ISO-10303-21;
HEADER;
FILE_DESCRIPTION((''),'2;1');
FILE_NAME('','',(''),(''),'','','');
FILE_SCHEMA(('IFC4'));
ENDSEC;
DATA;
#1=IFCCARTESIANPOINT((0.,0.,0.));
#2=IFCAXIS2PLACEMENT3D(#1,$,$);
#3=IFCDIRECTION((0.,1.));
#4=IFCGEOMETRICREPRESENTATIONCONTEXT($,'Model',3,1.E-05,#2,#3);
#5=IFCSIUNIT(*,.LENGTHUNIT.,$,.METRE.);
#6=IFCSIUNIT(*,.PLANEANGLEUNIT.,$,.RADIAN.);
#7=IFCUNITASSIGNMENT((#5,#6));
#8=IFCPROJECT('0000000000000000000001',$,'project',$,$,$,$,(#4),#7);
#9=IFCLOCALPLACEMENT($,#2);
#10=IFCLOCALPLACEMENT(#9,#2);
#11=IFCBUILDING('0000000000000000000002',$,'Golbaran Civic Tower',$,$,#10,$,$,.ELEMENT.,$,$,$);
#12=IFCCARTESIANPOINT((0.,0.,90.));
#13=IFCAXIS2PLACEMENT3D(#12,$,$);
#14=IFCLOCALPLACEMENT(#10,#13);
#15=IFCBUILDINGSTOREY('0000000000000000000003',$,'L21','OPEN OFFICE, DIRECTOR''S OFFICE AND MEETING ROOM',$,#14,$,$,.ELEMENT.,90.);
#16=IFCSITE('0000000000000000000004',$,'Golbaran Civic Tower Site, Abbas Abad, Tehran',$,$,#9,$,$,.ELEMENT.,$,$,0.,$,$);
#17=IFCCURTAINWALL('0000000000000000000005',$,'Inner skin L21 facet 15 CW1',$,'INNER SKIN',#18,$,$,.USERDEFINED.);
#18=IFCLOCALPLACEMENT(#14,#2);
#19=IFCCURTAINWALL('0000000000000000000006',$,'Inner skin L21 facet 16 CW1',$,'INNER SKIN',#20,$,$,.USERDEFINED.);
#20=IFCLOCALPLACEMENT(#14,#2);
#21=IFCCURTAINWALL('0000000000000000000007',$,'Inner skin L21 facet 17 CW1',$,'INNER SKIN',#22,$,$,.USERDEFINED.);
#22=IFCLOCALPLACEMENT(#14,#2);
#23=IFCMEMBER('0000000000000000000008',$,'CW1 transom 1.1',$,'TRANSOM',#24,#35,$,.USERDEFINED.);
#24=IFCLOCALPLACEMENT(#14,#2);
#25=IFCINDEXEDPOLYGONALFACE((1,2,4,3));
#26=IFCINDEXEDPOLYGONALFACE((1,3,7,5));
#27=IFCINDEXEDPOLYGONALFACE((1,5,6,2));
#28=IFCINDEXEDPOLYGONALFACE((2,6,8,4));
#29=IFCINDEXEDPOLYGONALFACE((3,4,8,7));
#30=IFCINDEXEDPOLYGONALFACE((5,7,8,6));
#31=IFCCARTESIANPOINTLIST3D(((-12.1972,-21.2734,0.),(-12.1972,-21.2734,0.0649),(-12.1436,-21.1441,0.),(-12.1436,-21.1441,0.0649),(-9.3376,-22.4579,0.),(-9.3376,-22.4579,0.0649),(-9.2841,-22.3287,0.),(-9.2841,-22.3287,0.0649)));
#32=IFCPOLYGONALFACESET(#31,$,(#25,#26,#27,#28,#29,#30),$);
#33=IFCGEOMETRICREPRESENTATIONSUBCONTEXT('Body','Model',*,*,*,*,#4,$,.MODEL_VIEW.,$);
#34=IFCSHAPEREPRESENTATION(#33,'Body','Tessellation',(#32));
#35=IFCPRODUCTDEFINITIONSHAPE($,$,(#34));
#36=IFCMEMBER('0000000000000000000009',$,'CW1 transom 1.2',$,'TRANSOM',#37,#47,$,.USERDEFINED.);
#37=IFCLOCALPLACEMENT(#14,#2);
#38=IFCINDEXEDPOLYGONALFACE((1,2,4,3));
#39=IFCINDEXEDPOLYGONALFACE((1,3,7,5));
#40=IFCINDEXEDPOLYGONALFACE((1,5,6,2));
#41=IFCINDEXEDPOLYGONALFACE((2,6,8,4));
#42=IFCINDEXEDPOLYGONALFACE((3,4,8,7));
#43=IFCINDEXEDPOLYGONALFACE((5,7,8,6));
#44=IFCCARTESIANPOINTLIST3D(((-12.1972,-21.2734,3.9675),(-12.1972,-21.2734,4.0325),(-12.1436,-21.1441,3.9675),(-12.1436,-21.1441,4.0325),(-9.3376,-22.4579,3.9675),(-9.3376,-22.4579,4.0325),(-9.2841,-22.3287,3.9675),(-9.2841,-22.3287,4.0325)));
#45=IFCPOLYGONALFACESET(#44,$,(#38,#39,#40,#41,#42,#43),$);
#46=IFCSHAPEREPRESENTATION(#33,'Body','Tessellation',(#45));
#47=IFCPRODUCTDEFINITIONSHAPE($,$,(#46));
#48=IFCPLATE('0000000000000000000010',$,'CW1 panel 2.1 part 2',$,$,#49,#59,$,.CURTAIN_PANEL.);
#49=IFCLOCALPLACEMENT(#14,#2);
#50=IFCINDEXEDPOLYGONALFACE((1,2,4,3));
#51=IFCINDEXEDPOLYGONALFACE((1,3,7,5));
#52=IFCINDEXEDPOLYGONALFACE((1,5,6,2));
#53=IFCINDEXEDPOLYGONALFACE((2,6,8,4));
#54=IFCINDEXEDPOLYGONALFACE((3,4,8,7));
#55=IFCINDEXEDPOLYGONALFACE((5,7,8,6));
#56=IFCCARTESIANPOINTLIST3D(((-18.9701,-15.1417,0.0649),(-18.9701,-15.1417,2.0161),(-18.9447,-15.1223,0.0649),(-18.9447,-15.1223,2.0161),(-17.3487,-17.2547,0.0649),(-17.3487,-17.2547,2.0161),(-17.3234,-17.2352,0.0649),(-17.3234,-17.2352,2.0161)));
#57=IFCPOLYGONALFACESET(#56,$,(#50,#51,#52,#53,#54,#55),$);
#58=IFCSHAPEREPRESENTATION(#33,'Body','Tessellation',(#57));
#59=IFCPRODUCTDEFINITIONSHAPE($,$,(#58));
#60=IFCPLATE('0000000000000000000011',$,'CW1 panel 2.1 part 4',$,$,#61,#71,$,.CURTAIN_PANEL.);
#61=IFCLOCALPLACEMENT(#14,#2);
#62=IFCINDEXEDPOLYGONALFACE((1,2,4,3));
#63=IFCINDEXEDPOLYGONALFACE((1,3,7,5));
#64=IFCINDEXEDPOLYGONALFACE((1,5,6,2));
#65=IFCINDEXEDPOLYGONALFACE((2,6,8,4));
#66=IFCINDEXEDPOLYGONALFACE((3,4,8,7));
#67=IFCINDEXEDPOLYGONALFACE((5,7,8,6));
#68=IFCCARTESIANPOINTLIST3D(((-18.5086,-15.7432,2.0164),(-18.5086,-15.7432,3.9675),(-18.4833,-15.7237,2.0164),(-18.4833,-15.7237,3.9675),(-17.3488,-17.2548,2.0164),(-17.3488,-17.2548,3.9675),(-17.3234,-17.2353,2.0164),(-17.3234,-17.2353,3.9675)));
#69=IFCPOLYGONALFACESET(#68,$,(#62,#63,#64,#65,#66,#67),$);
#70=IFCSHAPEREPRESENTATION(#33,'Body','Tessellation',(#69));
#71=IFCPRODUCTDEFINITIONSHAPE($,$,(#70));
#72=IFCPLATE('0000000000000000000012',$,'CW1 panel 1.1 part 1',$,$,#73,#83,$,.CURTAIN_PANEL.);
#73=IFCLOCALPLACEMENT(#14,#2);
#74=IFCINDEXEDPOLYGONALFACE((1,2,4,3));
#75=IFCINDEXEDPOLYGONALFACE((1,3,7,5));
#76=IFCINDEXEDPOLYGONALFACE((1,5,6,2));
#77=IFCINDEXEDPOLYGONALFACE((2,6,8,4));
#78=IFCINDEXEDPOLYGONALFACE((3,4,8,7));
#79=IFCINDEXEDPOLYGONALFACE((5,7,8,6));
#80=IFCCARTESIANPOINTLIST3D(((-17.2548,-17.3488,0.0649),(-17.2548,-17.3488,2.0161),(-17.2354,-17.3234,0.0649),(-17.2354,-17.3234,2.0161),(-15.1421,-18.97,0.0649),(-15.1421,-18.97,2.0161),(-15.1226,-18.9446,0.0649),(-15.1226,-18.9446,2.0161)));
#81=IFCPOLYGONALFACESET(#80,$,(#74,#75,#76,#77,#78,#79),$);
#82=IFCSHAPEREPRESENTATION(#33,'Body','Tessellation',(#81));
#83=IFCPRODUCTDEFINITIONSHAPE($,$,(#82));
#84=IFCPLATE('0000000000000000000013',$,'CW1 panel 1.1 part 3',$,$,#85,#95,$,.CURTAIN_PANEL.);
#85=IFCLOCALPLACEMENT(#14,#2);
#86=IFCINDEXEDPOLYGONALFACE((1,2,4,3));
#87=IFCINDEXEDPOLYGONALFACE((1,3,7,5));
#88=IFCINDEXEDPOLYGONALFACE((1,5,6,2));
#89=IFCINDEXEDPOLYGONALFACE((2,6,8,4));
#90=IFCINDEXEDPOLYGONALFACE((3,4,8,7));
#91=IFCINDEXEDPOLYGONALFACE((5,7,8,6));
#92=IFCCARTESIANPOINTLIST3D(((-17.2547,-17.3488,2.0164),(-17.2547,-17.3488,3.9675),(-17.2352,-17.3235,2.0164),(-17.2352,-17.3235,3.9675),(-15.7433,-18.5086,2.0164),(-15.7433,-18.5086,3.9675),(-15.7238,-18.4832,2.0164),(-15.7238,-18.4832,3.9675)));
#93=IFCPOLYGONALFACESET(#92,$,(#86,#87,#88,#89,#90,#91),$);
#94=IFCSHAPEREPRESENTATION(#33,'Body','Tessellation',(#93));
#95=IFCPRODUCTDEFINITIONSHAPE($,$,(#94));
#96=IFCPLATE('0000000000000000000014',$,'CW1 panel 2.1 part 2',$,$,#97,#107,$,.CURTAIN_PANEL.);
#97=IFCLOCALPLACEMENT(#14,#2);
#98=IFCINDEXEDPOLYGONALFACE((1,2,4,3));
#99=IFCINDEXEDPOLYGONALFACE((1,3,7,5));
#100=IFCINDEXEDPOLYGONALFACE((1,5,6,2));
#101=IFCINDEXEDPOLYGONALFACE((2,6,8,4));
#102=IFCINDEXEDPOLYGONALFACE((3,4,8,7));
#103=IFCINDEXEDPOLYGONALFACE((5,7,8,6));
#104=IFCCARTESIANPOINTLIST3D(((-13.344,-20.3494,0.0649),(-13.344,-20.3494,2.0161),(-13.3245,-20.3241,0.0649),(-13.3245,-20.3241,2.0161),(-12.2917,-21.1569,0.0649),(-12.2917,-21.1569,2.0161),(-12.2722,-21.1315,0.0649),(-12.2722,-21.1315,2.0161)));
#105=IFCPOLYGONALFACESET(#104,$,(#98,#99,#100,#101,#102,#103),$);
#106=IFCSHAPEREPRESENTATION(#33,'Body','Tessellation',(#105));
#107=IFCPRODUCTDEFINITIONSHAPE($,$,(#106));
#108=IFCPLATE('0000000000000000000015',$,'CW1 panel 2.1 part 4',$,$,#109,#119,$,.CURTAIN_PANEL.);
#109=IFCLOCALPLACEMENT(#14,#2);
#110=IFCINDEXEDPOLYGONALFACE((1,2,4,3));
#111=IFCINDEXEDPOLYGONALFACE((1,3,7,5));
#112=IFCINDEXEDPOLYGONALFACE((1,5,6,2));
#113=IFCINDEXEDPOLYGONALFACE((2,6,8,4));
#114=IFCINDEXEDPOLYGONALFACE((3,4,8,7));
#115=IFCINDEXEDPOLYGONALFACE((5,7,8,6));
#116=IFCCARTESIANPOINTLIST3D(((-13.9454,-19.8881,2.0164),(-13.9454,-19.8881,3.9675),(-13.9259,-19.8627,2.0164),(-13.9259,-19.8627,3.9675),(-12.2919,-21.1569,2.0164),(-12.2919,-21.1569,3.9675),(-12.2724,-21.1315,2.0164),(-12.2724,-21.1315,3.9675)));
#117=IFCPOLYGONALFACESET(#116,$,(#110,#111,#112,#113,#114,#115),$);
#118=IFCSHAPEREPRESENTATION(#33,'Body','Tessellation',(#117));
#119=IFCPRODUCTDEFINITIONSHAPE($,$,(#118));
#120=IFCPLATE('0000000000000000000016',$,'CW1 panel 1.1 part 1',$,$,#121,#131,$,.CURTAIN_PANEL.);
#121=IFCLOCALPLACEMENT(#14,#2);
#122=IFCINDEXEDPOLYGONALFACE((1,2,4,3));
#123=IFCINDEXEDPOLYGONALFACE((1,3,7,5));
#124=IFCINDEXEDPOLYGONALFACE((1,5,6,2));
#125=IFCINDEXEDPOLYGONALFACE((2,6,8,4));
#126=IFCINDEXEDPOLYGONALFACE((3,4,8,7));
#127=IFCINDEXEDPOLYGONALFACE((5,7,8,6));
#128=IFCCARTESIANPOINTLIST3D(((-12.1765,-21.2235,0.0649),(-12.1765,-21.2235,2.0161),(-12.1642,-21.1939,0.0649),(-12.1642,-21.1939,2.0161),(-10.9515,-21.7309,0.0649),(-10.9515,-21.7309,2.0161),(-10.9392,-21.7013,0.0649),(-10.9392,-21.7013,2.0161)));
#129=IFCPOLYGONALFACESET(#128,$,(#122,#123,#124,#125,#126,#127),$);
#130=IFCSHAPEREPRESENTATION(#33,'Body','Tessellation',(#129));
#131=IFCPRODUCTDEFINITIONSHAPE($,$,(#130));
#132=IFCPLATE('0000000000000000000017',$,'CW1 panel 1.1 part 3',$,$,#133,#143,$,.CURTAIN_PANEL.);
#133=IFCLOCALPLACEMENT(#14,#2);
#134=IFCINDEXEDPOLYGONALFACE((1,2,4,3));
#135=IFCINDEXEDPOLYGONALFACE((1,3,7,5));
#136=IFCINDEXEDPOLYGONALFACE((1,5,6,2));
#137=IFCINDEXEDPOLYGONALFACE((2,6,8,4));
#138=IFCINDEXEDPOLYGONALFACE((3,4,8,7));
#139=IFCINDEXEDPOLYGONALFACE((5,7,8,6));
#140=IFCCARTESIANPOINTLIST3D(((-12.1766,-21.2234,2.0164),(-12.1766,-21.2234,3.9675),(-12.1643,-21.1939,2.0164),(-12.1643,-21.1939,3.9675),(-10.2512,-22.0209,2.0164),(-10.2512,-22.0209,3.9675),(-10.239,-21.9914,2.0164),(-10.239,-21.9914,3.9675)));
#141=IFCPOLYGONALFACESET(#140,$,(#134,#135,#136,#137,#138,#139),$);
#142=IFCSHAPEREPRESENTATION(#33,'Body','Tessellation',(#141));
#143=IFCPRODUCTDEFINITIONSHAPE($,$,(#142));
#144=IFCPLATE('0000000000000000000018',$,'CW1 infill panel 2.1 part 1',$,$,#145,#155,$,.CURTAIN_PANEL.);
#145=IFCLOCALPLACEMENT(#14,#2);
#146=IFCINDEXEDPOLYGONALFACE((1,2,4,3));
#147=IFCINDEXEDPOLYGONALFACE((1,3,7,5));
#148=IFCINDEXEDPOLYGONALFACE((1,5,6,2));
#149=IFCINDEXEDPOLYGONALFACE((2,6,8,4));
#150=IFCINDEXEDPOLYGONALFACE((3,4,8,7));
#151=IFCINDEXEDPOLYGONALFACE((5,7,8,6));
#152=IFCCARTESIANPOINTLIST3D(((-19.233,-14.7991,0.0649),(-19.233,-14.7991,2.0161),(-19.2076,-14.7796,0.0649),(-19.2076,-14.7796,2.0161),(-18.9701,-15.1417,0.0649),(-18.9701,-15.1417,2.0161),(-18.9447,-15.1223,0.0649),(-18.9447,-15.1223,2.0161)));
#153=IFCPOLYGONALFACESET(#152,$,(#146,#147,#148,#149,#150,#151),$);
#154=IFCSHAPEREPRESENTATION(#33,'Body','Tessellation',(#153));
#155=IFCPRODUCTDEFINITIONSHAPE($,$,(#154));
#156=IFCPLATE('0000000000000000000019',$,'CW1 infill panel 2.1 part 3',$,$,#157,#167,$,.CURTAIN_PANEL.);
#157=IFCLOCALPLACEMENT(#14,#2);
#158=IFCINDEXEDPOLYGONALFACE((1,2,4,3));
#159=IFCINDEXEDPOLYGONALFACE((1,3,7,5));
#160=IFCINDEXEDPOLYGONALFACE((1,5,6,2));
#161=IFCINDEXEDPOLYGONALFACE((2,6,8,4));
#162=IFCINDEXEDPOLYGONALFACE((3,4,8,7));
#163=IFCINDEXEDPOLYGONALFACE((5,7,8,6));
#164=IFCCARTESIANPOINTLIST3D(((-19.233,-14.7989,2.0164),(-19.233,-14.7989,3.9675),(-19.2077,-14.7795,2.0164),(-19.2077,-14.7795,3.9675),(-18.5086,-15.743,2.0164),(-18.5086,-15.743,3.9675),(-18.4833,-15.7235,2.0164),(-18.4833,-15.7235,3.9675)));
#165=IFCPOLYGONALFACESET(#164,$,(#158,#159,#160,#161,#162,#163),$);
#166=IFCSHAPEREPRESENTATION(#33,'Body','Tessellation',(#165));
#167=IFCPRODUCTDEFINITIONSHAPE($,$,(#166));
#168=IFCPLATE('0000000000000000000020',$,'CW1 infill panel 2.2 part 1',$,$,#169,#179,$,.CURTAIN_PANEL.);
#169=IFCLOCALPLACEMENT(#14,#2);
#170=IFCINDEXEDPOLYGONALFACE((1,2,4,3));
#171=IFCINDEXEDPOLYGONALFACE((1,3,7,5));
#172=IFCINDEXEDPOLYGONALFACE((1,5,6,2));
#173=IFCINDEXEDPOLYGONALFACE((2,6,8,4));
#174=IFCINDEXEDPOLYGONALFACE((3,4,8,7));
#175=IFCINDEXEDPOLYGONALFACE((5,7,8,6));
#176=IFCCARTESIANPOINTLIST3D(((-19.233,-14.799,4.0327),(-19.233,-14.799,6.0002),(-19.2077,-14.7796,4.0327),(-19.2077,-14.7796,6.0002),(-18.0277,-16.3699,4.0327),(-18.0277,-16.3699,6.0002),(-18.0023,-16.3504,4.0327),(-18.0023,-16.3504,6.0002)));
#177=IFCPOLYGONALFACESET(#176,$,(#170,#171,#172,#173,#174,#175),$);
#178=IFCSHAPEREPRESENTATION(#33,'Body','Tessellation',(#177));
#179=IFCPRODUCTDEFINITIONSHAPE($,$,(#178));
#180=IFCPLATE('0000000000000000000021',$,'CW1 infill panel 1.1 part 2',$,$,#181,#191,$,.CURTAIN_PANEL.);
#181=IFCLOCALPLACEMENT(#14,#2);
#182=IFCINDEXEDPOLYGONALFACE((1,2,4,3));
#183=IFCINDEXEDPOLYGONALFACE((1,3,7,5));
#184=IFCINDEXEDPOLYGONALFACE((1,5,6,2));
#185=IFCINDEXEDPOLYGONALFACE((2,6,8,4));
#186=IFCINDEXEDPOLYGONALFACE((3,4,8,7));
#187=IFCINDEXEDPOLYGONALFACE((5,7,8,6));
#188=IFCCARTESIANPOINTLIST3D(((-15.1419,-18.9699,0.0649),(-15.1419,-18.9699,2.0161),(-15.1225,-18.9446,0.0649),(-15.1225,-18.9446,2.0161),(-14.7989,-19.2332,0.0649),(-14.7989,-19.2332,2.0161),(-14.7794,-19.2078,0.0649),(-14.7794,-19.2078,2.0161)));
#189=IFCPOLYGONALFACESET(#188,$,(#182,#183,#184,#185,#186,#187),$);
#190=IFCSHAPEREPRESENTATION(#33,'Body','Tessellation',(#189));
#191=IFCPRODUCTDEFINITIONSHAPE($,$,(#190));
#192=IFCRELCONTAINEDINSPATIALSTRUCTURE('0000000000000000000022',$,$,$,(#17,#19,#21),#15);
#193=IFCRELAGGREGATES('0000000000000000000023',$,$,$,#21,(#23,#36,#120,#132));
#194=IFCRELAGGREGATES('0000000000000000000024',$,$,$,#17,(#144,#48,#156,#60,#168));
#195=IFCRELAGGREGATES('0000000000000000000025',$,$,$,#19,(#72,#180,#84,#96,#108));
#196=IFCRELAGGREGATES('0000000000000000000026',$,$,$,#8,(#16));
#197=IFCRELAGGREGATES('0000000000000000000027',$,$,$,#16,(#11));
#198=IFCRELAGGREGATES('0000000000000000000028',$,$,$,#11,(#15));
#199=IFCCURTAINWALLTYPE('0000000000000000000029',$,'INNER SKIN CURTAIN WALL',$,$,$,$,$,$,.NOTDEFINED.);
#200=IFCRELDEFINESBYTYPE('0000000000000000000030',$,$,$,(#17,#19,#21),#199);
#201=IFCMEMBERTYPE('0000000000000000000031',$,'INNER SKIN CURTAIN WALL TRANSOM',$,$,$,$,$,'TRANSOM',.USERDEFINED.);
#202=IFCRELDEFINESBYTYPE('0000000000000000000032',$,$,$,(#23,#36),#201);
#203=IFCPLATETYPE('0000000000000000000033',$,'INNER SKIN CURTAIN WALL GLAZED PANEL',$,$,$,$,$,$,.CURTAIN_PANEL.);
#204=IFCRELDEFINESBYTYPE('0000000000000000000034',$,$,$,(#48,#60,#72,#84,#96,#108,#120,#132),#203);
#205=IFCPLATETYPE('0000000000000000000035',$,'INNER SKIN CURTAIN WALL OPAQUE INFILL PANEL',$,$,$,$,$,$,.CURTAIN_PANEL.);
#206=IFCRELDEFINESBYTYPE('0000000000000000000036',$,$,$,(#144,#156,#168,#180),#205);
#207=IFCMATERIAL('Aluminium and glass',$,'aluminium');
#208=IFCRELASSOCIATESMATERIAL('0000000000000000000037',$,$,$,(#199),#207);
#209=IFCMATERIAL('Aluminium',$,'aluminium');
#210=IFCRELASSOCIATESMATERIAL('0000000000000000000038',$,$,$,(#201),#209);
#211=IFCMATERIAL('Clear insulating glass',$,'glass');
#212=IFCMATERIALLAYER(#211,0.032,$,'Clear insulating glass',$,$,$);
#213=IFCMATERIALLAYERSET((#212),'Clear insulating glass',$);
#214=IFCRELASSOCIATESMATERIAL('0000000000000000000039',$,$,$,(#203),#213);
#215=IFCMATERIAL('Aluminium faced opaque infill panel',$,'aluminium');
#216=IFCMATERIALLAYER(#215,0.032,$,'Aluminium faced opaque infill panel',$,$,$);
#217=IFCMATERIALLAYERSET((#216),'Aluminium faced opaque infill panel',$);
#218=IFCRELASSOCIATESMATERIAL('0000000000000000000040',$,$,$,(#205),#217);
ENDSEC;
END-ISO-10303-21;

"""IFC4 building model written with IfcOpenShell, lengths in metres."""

from ifc_helpers import new_model, si_unit, direction, frame, origin, origin_2d, place, context, subcontext, project, spatial, rectangle, extrude, material, layer, layer_set, material_profile, profile_set, type_object, element, aggregate, save


model = new_model("IFC4")

# Units and contexts
model_context = context("Model", 3, precision=1e-05, world=origin(), true_north=direction((0.0, 1.0)))
body_context = subcontext(model_context, "Body", "Model", "MODEL_VIEW")
ifc_project = project(units=[si_unit("LENGTHUNIT", "METRE"), si_unit("PLANEANGLEUNIT", "RADIAN")], contexts=[model_context])

# Site, building, storey
site_placement = place(None, origin())
site = spatial("IfcSite", under=ifc_project, at=site_placement, Name="Golbaran Civic Tower Site, Abbas Abad, Tehran", CompositionType="ELEMENT", RefElevation=0.0)
building_placement = place(site_placement, origin())
building = spatial("IfcBuilding", under=site, at=building_placement, Name="Golbaran Civic Tower", CompositionType="ELEMENT")
storey_placement = place(building_placement, frame((0.0, 0.0, 90.0)))
storey = spatial("IfcBuildingStorey", under=building, at=storey_placement, Name="L21", Description="OPEN OFFICE, DIRECTOR'S OFFICE AND MEETING ROOM", CompositionType="ELEMENT", Elevation=90.0)

# Curtain wall
ifc_material_1 = material(Name="Aluminium and glass", Category="aluminium")
curtain_wall_type = type_object("IfcCurtainWallType", Name="INNER SKIN CURTAIN WALL", PredefinedType="NOTDEFINED", material=ifc_material_1)
curtain_wall_1_placement = place(storey_placement, origin())
curtain_wall_1 = element("IfcCurtainWall", 1, at=curtain_wall_1_placement, inside=storey, type_object=curtain_wall_type, Name="Inner skin L21 facet 15 CW1", ObjectType="INNER SKIN", PredefinedType="USERDEFINED")
ifc_material_2 = material(Name="Aluminium", Category="aluminium")

# Curtain wall
curtain_wall_2_placement = place(storey_placement, origin())
curtain_wall_2 = element("IfcCurtainWall", 2, at=curtain_wall_2_placement, inside=storey, type_object=curtain_wall_type, Name="Inner skin L21 facet 16 CW1", ObjectType="INNER SKIN", PredefinedType="USERDEFINED")

# Curtain wall
curtain_wall_3_placement = place(storey_placement, origin())
curtain_wall_3 = element("IfcCurtainWall", 3, at=curtain_wall_3_placement, inside=storey, type_object=curtain_wall_type, Name="Inner skin L21 facet 17 CW1", ObjectType="INNER SKIN", PredefinedType="USERDEFINED")

# Members
ifc_material_profile_1 = material_profile(ifc_material_2, rectangle(XDim=0.1399, YDim=0.0649, at=origin_2d()), Name="INNER SKIN CURTAIN WALL TRANSOM")
ifc_profile_set_1 = profile_set([ifc_material_profile_1], Name="Aluminium")
member_type_1 = type_object("IfcMemberType", Name="INNER SKIN CURTAIN WALL TRANSOM", ElementType="TRANSOM", PredefinedType="USERDEFINED", material=ifc_profile_set_1)
member_1_placement = place(storey_placement, frame((-12.1704, -21.2087, 0.0325), z_axis=(0.923871, -0.382705, 0.0), x_axis=(0.382705, 0.923871, 0.0)))
member_1 = element("IfcMember", 4, at=member_1_placement, type_object=member_type_1, Name="CW1 transom 1.1", ObjectType="TRANSOM", PredefinedType="USERDEFINED", context=body_context, shape_type="SweptSolid", body=[
    extrude(rectangle(XDim=0.1399, YDim=0.0649, at=origin_2d()), origin(), (0.0, 0.0, 1.0), 3.0952),
])
member_2_placement = place(storey_placement, frame((-12.1704, -21.2087, 4.0), z_axis=(0.923871, -0.382705, 0.0), x_axis=(0.382705, 0.923871, 0.0)))
member_2 = element("IfcMember", 5, at=member_2_placement, type_object=member_type_1, Name="CW1 transom 1.2", ObjectType="TRANSOM", PredefinedType="USERDEFINED", context=body_context, shape_type="SweptSolid", body=[
    extrude(rectangle(XDim=0.1399, YDim=0.0649, at=origin_2d()), origin(), (0.0, 0.0, 1.0), 3.0952),
])

# Plates
ifc_material_3 = material(Name="Clear insulating glass", Category="glass")
ifc_layer_1 = layer(ifc_material_3, 0.032, Name="Clear insulating glass")
ifc_layer_set_1 = layer_set([ifc_layer_1], Name="Clear insulating glass")
plate_type_1 = type_object("IfcPlateType", Name="INNER SKIN CURTAIN WALL GLAZED PANEL", PredefinedType="CURTAIN_PANEL", material=ifc_layer_set_1)
plate_1_placement = place(storey_placement, frame((-18.1467, -16.1885, 0.0649), z_axis=(0.0, 0.0, 1.0), x_axis=(0.608761, -0.793353, 0.0)))
plate_1 = element("IfcPlate", 6, at=plate_1_placement, type_object=plate_type_1, Name="CW1 panel 2.1 part 2", PredefinedType="CURTAIN_PANEL", context=body_context, shape_type="SweptSolid", body=[
    extrude(rectangle(XDim=2.6633, YDim=0.032, at=origin_2d()), origin(), (0.0, 0.0, 1.0), 1.9512),
])
plate_2_placement = place(storey_placement, frame((-17.916, -16.4893, 2.0164), z_axis=(0.0, 0.0, 1.0), x_axis=(0.608761, -0.793353, 0.0)))
plate_2 = element("IfcPlate", 7, at=plate_2_placement, type_object=plate_type_1, Name="CW1 panel 2.1 part 4", PredefinedType="CURTAIN_PANEL", context=body_context, shape_type="SweptSolid", body=[
    extrude(rectangle(XDim=1.9053, YDim=0.032, at=origin_2d()), origin(), (0.0, 0.0, 1.0), 1.9512),
])
plate_3_placement = place(storey_placement, frame((-16.1887, -18.1467, 0.0649), z_axis=(0.0, 0.0, 1.0), x_axis=(0.793353, -0.608761, 0.0)))
plate_3 = element("IfcPlate", 8, at=plate_3_placement, type_object=plate_type_1, Name="CW1 panel 1.1 part 1", PredefinedType="CURTAIN_PANEL", context=body_context, shape_type="SweptSolid", body=[
    extrude(rectangle(XDim=2.6631, YDim=0.032, at=origin_2d()), origin(), (0.0, 0.0, 1.0), 1.9512),
])
plate_4_placement = place(storey_placement, frame((-16.4893, -17.916, 2.0164), z_axis=(0.0, 0.0, 1.0), x_axis=(0.793353, -0.608761, 0.0)))
plate_4 = element("IfcPlate", 9, at=plate_4_placement, type_object=plate_type_1, Name="CW1 panel 1.1 part 3", PredefinedType="CURTAIN_PANEL", context=body_context, shape_type="SweptSolid", body=[
    extrude(rectangle(XDim=1.905, YDim=0.032, at=origin_2d()), origin(), (0.0, 0.0, 1.0), 1.9512),
])
plate_5_placement = place(storey_placement, frame((-12.8081, -20.7405, 0.0649), z_axis=(0.0, 0.0, 1.0), x_axis=(0.793353, -0.608761, 0.0)))
plate_5 = element("IfcPlate", 10, at=plate_5_placement, type_object=plate_type_1, Name="CW1 panel 2.1 part 2", PredefinedType="CURTAIN_PANEL", context=body_context, shape_type="SweptSolid", body=[
    extrude(rectangle(XDim=1.3264, YDim=0.032, at=origin_2d()), origin(), (0.0, 0.0, 1.0), 1.9512),
])
plate_6_placement = place(storey_placement, frame((-13.1089, -20.5098, 2.0164), z_axis=(0.0, 0.0, 1.0), x_axis=(0.793353, -0.608761, 0.0)))
plate_6 = element("IfcPlate", 11, at=plate_6_placement, type_object=plate_type_1, Name="CW1 panel 2.1 part 4", PredefinedType="CURTAIN_PANEL", context=body_context, shape_type="SweptSolid", body=[
    extrude(rectangle(XDim=2.0842, YDim=0.032, at=origin_2d()), origin(), (0.0, 0.0, 1.0), 1.9512),
])
plate_7_placement = place(storey_placement, frame((-11.5579, -21.4624, 0.0649), z_axis=(0.0, 0.0, 1.0), x_axis=(0.92388, -0.382683, 0.0)))
plate_7 = element("IfcPlate", 12, at=plate_7_placement, type_object=plate_type_1, Name="CW1 panel 1.1 part 1", PredefinedType="CURTAIN_PANEL", context=body_context, shape_type="SweptSolid", body=[
    extrude(rectangle(XDim=1.3259, YDim=0.032, at=origin_2d()), origin(), (0.0, 0.0, 1.0), 1.9512),
])
plate_8_placement = place(storey_placement, frame((-11.2078, -21.6074, 2.0164), z_axis=(0.0, 0.0, 1.0), x_axis=(0.92388, -0.382683, 0.0)))
plate_8 = element("IfcPlate", 13, at=plate_8_placement, type_object=plate_type_1, Name="CW1 panel 1.1 part 3", PredefinedType="CURTAIN_PANEL", context=body_context, shape_type="SweptSolid", body=[
    extrude(rectangle(XDim=2.084, YDim=0.032, at=origin_2d()), origin(), (0.0, 0.0, 1.0), 1.9512),
])
aggregate(curtain_wall_3, [member_1, member_2, plate_7, plate_8])
ifc_material_4 = material(Name="Aluminium faced opaque infill panel", Category="aluminium")
ifc_layer_2 = layer(ifc_material_4, 0.032, Name="Aluminium faced opaque infill panel")
ifc_layer_set_2 = layer_set([ifc_layer_2], Name="Aluminium faced opaque infill panel")
plate_type_2 = type_object("IfcPlateType", Name="INNER SKIN CURTAIN WALL OPAQUE INFILL PANEL", PredefinedType="CURTAIN_PANEL", material=ifc_layer_set_2)
plate_9_placement = place(storey_placement, frame((-19.0889, -14.9607, 0.0649), z_axis=(0.0, 0.0, 1.0), x_axis=(0.608761, -0.793353, 0.0)))
plate_9 = element("IfcPlate", 14, at=plate_9_placement, type_object=plate_type_2, Name="CW1 infill panel 2.1 part 1", PredefinedType="CURTAIN_PANEL", context=body_context, shape_type="SweptSolid", body=[
    extrude(rectangle(XDim=0.4319, YDim=0.032, at=origin_2d()), origin(), (0.0, 0.0, 1.0), 1.9512),
])
plate_10_placement = place(storey_placement, frame((-18.8582, -15.2612, 2.0164), z_axis=(0.0, 0.0, 1.0), x_axis=(0.608761, -0.793353, 0.0)))
plate_10 = element("IfcPlate", 15, at=plate_10_placement, type_object=plate_type_2, Name="CW1 infill panel 2.1 part 3", PredefinedType="CURTAIN_PANEL", context=body_context, shape_type="SweptSolid", body=[
    extrude(rectangle(XDim=1.1899, YDim=0.032, at=origin_2d()), origin(), (0.0, 0.0, 1.0), 1.9512),
])
plate_11_placement = place(storey_placement, frame((-18.6177, -15.5747, 4.0327), z_axis=(0.0, 0.0, 1.0), x_axis=(0.608761, -0.793353, 0.0)))
plate_11 = element("IfcPlate", 16, at=plate_11_placement, type_object=plate_type_2, Name="CW1 infill panel 2.2 part 1", PredefinedType="CURTAIN_PANEL", context=body_context, shape_type="SweptSolid", body=[
    extrude(rectangle(XDim=1.98, YDim=0.032, at=origin_2d()), origin(), (0.0, 0.0, 1.0), 1.9675),
])
aggregate(curtain_wall_1, [plate_9, plate_1, plate_10, plate_2, plate_11])
plate_12_placement = place(storey_placement, frame((-14.9607, -19.0889, 0.0649), z_axis=(0.0, 0.0, 1.0), x_axis=(0.793353, -0.608761, 0.0)))
plate_12 = element("IfcPlate", 17, at=plate_12_placement, type_object=plate_type_2, Name="CW1 infill panel 1.1 part 2", PredefinedType="CURTAIN_PANEL", context=body_context, shape_type="SweptSolid", body=[
    extrude(rectangle(XDim=0.4324, YDim=0.032, at=origin_2d()), origin(), (0.0, 0.0, 1.0), 1.9512),
])
aggregate(curtain_wall_2, [plate_3, plate_12, plate_4, plate_5, plate_6])

save(model, "model.ifc")
